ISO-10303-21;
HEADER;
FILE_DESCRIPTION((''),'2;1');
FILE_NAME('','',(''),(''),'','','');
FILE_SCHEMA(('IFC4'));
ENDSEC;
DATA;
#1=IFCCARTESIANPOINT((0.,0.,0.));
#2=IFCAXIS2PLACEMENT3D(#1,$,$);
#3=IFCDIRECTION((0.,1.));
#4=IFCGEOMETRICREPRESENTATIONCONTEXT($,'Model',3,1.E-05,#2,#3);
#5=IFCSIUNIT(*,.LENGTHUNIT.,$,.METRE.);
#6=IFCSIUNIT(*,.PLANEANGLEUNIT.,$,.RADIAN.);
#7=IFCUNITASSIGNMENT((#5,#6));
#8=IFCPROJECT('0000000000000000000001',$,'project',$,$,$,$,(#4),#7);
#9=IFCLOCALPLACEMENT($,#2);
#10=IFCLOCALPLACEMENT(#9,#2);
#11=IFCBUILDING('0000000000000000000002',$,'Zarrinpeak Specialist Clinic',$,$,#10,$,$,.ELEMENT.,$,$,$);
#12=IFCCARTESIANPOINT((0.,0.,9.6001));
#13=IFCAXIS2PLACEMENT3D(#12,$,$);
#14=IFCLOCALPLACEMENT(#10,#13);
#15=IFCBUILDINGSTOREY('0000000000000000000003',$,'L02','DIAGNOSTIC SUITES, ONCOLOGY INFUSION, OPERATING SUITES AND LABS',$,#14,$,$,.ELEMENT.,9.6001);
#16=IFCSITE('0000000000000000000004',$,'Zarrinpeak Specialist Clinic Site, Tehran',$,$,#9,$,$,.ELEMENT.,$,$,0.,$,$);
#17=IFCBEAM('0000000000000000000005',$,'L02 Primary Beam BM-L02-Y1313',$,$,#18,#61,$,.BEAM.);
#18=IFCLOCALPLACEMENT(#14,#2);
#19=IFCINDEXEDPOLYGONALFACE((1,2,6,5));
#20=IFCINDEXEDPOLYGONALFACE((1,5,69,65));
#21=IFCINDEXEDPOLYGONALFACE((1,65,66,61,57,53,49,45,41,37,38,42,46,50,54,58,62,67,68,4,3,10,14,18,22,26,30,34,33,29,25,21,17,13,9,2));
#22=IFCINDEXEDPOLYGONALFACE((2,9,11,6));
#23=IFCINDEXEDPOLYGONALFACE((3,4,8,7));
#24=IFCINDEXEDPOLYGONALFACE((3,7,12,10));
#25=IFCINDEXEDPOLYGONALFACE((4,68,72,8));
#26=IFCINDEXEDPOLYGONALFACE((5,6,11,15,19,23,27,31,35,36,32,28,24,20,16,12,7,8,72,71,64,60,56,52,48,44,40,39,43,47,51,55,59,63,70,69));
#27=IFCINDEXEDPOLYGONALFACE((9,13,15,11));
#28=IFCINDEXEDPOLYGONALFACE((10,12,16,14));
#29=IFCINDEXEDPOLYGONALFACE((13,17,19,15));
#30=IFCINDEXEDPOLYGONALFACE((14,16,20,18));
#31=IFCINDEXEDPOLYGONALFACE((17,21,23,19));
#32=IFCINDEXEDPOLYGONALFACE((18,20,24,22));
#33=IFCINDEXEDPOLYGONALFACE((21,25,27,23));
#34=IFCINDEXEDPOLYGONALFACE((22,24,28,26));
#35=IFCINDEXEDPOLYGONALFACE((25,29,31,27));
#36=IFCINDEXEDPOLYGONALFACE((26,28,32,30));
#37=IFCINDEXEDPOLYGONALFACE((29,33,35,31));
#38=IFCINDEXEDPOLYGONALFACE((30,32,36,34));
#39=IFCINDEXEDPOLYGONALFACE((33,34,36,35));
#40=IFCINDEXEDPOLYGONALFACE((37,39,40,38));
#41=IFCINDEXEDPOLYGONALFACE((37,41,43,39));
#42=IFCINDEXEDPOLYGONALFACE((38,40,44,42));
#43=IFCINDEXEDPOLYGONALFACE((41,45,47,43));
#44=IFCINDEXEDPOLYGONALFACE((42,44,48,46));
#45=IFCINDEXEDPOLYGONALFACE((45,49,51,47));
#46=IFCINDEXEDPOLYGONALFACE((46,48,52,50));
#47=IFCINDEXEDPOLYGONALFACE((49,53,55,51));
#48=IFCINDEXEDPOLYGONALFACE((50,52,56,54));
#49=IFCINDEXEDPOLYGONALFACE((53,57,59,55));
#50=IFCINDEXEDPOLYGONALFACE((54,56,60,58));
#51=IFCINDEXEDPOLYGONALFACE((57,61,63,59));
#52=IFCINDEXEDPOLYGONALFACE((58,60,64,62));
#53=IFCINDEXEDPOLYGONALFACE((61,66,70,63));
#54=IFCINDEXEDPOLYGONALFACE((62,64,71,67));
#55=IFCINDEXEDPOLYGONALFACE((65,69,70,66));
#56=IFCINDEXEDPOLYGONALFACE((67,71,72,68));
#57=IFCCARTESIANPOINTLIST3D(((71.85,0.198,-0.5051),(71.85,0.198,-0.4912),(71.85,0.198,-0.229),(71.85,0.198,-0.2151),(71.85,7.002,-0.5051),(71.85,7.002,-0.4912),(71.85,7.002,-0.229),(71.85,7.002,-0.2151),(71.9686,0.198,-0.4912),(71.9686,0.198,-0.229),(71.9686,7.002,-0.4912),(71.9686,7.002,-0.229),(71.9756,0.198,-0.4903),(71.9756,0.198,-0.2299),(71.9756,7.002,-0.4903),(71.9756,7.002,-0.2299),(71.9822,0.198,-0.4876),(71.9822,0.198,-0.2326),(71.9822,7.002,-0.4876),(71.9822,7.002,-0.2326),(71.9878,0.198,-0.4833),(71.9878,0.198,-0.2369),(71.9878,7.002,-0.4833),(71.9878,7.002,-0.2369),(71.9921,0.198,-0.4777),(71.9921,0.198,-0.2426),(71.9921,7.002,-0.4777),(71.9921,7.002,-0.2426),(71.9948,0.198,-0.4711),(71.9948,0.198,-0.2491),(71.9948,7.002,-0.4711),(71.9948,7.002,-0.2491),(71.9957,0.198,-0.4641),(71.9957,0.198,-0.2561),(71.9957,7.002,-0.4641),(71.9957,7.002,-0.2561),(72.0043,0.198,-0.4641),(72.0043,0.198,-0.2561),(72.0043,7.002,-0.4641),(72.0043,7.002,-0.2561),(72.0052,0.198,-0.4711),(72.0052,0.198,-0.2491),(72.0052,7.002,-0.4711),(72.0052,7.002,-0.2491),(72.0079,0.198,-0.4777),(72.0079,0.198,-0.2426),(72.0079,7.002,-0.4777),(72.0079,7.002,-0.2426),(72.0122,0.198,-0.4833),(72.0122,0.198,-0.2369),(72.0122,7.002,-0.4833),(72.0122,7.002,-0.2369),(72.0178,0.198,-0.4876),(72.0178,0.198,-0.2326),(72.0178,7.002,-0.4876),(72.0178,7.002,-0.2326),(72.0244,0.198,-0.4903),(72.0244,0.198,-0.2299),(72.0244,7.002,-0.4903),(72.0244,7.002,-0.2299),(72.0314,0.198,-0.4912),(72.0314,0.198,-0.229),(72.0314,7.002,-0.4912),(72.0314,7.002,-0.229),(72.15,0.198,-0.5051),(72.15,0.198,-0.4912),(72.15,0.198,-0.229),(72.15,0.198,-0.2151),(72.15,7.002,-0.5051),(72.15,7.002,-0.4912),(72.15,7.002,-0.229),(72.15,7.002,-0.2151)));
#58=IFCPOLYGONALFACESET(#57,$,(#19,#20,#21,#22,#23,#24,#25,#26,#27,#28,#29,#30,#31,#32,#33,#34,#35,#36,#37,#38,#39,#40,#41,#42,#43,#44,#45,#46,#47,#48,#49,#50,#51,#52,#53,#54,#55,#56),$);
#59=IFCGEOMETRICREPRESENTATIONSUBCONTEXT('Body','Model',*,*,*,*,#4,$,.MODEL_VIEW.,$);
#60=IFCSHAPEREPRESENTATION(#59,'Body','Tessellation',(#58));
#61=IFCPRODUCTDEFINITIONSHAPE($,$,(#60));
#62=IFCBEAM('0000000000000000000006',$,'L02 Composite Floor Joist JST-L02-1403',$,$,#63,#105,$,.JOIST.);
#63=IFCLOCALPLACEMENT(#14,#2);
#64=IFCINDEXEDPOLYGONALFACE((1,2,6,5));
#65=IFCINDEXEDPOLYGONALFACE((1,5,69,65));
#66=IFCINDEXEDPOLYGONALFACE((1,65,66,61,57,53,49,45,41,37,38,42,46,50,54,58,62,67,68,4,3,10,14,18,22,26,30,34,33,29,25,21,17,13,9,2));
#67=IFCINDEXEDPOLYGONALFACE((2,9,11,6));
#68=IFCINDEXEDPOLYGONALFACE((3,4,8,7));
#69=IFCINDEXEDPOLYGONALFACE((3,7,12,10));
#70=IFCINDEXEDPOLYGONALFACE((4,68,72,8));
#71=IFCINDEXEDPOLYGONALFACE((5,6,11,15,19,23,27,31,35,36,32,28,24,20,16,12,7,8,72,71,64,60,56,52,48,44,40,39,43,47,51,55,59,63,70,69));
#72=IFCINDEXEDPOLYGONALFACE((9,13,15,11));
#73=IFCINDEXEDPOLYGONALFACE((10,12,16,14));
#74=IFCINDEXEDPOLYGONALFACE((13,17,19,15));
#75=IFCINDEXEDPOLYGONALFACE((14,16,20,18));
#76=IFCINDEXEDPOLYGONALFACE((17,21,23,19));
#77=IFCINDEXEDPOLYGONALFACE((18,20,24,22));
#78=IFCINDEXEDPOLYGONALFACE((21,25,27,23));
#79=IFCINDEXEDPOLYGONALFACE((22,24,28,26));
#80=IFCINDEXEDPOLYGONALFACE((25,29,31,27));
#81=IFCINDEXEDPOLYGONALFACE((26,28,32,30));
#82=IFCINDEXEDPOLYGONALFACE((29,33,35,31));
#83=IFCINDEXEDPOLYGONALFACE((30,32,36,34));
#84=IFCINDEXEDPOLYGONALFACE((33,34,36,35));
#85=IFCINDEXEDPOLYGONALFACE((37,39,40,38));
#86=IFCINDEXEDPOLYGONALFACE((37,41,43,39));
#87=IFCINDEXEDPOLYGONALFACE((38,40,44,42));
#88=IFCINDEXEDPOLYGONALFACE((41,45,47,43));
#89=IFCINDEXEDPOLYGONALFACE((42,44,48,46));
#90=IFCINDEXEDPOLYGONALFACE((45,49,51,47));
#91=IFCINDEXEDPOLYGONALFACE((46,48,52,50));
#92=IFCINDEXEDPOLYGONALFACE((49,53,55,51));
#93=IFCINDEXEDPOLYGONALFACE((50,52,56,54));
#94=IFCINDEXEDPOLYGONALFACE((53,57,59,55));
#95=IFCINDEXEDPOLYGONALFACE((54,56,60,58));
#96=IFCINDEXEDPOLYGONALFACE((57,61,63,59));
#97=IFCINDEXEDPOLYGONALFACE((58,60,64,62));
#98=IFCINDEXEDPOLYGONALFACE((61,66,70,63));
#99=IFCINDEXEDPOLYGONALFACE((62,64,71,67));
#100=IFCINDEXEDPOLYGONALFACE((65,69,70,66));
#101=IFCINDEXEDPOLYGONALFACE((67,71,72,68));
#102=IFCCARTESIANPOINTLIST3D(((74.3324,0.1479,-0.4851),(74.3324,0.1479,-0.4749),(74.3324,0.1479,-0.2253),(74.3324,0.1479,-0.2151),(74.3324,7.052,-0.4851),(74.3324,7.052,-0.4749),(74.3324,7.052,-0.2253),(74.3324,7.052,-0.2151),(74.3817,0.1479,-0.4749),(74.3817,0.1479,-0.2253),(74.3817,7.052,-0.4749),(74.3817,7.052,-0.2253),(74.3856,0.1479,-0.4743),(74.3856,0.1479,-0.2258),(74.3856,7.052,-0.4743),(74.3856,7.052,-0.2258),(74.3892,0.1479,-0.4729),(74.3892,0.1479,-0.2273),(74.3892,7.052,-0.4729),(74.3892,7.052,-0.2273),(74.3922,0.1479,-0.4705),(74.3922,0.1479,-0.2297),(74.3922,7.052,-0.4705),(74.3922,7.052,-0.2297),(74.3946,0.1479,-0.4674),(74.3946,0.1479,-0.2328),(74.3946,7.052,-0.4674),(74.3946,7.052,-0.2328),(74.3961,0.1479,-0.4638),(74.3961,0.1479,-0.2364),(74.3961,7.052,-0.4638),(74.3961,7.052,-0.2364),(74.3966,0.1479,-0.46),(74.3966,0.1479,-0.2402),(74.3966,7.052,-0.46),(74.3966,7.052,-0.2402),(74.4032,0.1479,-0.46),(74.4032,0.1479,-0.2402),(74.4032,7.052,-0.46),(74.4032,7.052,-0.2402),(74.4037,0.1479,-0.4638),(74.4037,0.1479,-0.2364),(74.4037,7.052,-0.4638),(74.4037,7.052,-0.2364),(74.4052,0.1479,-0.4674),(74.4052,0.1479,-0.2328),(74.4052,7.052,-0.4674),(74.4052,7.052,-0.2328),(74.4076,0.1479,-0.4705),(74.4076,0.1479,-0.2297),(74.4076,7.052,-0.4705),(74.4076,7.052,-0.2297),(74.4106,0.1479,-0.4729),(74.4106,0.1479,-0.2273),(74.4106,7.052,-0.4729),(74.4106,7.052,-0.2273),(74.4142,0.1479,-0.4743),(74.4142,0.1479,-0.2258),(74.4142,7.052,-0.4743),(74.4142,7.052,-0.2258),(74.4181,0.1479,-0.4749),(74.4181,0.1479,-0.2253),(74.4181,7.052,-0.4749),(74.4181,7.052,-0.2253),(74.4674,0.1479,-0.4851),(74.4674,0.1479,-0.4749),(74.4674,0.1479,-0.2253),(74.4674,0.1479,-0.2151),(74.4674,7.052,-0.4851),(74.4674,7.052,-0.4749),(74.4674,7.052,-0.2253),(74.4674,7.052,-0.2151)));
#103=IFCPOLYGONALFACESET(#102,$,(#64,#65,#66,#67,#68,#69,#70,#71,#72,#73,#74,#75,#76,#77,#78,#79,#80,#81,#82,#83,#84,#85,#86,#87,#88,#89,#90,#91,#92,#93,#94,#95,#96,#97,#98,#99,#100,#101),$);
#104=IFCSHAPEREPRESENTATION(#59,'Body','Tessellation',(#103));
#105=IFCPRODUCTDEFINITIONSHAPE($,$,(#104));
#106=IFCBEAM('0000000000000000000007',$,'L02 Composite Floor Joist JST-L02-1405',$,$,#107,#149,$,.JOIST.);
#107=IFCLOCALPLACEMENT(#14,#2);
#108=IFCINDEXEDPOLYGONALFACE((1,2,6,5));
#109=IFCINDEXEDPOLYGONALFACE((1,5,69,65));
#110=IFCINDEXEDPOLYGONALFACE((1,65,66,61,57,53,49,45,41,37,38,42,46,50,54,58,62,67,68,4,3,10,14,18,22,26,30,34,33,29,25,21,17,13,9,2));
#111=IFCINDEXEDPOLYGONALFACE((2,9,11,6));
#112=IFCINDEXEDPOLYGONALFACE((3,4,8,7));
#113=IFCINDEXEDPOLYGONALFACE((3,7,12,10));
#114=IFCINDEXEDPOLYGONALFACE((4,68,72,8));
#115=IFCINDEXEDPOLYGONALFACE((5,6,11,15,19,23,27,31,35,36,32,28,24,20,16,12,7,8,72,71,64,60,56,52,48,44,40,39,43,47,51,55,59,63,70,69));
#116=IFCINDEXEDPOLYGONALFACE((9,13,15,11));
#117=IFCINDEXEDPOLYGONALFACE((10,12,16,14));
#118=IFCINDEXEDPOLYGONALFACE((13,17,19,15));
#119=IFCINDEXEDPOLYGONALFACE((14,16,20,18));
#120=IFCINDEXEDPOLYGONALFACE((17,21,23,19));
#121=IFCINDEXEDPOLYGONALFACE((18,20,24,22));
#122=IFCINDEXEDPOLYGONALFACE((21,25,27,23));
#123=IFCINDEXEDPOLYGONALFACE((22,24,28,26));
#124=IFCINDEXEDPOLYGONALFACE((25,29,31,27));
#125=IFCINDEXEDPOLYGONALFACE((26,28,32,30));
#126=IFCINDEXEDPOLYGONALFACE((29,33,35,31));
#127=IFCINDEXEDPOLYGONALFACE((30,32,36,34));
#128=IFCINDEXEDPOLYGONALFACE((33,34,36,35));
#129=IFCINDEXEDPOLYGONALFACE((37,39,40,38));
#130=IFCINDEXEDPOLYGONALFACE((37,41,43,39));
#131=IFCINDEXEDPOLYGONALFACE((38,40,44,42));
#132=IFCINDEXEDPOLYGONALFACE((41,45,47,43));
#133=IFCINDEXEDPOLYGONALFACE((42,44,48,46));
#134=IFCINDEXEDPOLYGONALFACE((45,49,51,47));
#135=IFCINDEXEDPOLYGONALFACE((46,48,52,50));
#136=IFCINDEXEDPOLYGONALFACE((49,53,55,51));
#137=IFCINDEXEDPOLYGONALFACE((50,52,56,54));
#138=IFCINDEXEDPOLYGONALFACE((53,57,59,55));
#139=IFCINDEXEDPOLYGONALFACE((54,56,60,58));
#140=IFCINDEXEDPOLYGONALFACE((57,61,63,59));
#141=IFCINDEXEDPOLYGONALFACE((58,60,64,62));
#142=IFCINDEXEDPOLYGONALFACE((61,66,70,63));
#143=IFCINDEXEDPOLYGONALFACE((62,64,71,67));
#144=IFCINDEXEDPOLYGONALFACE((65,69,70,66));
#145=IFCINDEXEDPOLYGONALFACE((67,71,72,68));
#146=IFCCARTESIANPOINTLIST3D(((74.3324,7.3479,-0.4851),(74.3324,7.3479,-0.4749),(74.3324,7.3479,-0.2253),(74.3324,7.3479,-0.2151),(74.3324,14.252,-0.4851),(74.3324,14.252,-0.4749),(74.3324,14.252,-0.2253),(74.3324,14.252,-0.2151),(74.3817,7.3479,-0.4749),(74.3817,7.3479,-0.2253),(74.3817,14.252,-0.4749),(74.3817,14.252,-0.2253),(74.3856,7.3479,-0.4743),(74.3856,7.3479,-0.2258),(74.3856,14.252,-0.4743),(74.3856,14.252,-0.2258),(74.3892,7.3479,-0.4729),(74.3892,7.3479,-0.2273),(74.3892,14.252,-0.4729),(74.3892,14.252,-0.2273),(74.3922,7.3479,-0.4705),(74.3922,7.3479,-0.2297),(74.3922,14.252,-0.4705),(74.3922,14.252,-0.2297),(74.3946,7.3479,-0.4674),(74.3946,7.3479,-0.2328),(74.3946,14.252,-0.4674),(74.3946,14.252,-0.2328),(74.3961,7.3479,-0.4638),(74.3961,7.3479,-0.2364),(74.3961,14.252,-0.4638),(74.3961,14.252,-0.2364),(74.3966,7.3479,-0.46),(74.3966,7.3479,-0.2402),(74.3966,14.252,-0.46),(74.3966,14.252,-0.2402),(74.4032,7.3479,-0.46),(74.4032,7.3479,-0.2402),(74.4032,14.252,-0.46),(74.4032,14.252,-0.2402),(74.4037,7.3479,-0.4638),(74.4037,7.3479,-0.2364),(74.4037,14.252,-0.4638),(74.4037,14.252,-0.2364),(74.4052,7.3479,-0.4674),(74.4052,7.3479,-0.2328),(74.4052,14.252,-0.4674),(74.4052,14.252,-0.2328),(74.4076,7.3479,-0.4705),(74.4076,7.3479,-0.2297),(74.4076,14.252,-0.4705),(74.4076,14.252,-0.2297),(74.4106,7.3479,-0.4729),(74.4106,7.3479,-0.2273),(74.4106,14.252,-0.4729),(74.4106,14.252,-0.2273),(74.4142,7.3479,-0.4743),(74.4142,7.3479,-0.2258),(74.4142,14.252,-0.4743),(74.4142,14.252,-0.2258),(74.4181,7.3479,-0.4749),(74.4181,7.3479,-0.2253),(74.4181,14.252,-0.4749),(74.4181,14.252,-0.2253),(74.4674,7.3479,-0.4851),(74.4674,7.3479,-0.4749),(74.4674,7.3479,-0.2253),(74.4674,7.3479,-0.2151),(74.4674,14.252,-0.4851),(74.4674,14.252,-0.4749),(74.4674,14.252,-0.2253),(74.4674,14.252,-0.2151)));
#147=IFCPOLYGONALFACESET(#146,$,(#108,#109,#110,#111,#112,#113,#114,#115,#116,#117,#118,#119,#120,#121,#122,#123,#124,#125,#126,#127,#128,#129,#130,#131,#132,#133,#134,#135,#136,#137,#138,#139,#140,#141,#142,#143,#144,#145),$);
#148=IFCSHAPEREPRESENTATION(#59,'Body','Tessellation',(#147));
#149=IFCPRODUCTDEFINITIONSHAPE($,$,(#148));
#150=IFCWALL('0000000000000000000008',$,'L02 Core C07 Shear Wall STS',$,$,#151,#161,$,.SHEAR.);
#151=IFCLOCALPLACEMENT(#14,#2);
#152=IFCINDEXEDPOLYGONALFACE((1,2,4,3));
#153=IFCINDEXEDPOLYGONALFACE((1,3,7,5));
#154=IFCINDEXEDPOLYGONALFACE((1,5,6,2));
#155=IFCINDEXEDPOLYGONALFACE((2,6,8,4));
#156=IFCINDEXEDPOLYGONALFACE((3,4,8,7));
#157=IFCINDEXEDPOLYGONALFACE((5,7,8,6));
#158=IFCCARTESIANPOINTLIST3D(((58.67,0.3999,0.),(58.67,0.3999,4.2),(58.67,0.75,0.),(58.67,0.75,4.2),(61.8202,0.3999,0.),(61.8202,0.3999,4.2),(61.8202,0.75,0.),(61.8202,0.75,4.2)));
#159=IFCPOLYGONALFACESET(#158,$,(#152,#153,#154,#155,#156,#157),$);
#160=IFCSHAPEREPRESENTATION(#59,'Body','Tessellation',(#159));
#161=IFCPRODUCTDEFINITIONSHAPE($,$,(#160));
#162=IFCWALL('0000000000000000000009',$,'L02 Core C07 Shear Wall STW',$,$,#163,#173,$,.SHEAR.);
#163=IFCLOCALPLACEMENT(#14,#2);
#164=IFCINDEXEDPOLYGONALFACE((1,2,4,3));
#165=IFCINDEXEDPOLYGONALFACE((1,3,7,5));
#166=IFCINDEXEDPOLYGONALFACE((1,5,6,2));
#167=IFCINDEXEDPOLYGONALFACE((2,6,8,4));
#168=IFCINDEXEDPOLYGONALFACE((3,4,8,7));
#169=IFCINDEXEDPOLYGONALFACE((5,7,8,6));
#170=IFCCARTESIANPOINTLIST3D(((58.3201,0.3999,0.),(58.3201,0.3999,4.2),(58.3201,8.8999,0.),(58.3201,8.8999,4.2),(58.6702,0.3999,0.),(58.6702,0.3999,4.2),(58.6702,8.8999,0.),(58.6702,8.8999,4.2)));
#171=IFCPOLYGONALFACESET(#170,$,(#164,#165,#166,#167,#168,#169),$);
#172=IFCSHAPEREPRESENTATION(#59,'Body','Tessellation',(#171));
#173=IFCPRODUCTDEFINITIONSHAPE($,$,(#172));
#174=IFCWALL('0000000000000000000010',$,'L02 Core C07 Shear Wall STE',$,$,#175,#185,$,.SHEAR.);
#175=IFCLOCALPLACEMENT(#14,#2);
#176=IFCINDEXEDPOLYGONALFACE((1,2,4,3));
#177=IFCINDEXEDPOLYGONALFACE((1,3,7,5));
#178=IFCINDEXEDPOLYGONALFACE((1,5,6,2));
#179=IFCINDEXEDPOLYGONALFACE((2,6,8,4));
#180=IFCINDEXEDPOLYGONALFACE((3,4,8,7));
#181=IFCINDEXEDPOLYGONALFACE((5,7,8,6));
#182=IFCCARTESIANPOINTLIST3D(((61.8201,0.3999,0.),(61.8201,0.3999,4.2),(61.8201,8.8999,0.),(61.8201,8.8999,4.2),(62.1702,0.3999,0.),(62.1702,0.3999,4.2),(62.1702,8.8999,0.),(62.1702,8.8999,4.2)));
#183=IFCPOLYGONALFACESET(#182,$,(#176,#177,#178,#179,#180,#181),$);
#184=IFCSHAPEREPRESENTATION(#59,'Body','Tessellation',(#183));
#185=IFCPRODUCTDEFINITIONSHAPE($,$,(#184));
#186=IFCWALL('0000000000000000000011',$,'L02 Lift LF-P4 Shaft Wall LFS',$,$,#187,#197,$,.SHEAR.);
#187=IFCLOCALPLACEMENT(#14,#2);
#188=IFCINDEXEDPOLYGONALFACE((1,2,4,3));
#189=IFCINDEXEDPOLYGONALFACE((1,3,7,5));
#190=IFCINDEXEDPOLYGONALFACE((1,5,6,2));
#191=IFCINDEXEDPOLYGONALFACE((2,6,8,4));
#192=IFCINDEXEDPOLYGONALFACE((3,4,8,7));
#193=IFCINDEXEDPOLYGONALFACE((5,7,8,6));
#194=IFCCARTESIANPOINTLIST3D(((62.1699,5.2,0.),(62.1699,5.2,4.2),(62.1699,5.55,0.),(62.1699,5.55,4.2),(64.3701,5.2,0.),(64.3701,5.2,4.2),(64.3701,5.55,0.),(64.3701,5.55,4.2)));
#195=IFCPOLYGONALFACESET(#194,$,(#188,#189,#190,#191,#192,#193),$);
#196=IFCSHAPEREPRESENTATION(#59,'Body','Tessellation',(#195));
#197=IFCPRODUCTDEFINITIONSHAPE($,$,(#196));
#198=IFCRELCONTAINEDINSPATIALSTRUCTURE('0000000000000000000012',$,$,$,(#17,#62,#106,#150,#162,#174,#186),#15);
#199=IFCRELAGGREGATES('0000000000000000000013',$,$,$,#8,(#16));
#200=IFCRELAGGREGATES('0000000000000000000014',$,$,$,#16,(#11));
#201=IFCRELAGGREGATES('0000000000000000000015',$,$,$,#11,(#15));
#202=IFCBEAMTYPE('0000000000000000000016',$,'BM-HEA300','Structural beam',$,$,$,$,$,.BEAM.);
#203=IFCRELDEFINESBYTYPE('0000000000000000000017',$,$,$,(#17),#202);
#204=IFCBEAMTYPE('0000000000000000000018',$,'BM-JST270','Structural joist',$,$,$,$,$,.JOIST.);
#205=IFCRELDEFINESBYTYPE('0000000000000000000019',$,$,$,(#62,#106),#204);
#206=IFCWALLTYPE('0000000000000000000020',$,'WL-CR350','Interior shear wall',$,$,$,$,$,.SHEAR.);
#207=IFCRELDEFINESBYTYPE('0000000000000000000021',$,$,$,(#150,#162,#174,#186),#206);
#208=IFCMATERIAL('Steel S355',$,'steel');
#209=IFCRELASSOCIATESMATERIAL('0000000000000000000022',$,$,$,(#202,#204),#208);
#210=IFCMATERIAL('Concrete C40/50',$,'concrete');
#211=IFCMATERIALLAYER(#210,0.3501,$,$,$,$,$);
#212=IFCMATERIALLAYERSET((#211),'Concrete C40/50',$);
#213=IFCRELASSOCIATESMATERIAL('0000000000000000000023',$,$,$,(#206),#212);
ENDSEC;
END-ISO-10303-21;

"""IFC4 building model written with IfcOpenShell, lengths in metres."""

from ifc_helpers import new_model, si_unit, direction, frame, frame_2d, origin, origin_2d, place, context, subcontext, project, spatial, rectangle, i_section, extrude, material, layer, layer_set, material_profile, profile_set, type_object, element, save


model = new_model("IFC4")

# Units and contexts
model_context = context("Model", 3, precision=1e-05, world=origin(), true_north=direction((0.0, 1.0)))
body_context = subcontext(model_context, "Body", "Model", "MODEL_VIEW")
ifc_project = project(units=[si_unit("LENGTHUNIT", "METRE"), si_unit("PLANEANGLEUNIT", "RADIAN")], contexts=[model_context])

# Site, building, storey
site_placement = place(None, origin())
site = spatial("IfcSite", under=ifc_project, at=site_placement, Name="Zarrinpeak Specialist Clinic Site, Tehran", CompositionType="ELEMENT", RefElevation=0.0)
building_placement = place(site_placement, origin())
building = spatial("IfcBuilding", under=site, at=building_placement, Name="Zarrinpeak Specialist Clinic", CompositionType="ELEMENT")
storey_placement = place(building_placement, frame((0.0, 0.0, 9.6001)))
storey = spatial("IfcBuildingStorey", under=building, at=storey_placement, Name="L02", Description="DIAGNOSTIC SUITES, ONCOLOGY INFUSION, OPERATING SUITES AND LABS", CompositionType="ELEMENT", Elevation=9.6001)

# Shared definitions
ifc_material_1 = material(Name="Steel S355", Category="steel")

# Beams
ifc_material_profile_1 = material_profile(ifc_material_1, i_section(OverallWidth=0.3, OverallDepth=0.29, WebThickness=0.0085, FlangeThickness=0.0139, FilletRadius=0.0271, at=origin_2d()), Name="HEA 300")
ifc_profile_set_1 = profile_set([ifc_material_profile_1], Name="Steel S355")
beam_type_1 = type_object("IfcBeamType", Name="BM-HEA300", Description="Structural beam", PredefinedType="BEAM", material=ifc_profile_set_1)
beam_1_placement = place(storey_placement, frame((72.0, 0.198, -0.3601), z_axis=(0.0, 1.0, 0.0), x_axis=(-1.0, 0.0, 0.0)))
element("IfcBeam", 1, at=beam_1_placement, inside=storey, type_object=beam_type_1, Name="L02 Primary Beam BM-L02-Y1313", PredefinedType="BEAM", context=body_context, shape_type="SweptSolid", body=[
    extrude(i_section(OverallWidth=0.3, OverallDepth=0.29, WebThickness=0.0085, FlangeThickness=0.0139, FilletRadius=0.0271, at=origin_2d()), origin(), (0.0, 0.0, 1.0), 6.804),
])
ifc_material_profile_2 = material_profile(ifc_material_1, i_section(OverallWidth=0.135, OverallDepth=0.27, WebThickness=0.0066, FlangeThickness=0.0103, FilletRadius=0.0149, at=origin_2d()), Name="IPE 270")
ifc_profile_set_2 = profile_set([ifc_material_profile_2], Name="Steel S355")
beam_type_2 = type_object("IfcBeamType", Name="BM-JST270", Description="Structural joist", PredefinedType="JOIST", material=ifc_profile_set_2)
for number, where, z_axis, x_axis, name in (
    (2, (74.3999, 0.1479, -0.3501), (0.0, 1.0, 0.0), (-1.0, 0.0, 0.0), "L02 Composite Floor Joist JST-L02-1403"),
    (3, (74.3999, 7.3479, -0.3501), (0.0, 1.0, 0.0), (-1.0, 0.0, 0.0), "L02 Composite Floor Joist JST-L02-1405"),
):
    element("IfcBeam", number, at=place(storey_placement, frame(where, z_axis=z_axis, x_axis=x_axis)), inside=storey, type_object=beam_type_2, Name=name, PredefinedType="JOIST", context=body_context, shape_type="SweptSolid", body=[
        extrude(i_section(OverallWidth=0.135, OverallDepth=0.27, WebThickness=0.0066, FlangeThickness=0.0103, FilletRadius=0.0149, at=origin_2d()), origin(), (0.0, 0.0, 1.0), 6.9041),
    ])

# Walls
ifc_material_2 = material(Name="Concrete C40/50", Category="concrete")
ifc_layer_1 = layer(ifc_material_2, 0.3501)
ifc_layer_set_1 = layer_set([ifc_layer_1], Name="Concrete C40/50")
wall_type_1 = type_object("IfcWallType", Name="WL-CR350", Description="Interior shear wall", PredefinedType="SHEAR", material=ifc_layer_set_1)
wall_1_placement = place(storey_placement, frame((58.6699, 0.575, 0.0), z_axis=(0.0, 0.0, 1.0), x_axis=(1.0, 0.0, 0.0)))
element("IfcWall", 4, at=wall_1_placement, inside=storey, type_object=wall_type_1, Name="L02 Core C07 Shear Wall STS", PredefinedType="SHEAR", context=body_context, shape_type="SweptSolid", body=[
    extrude(rectangle(XDim=3.1501, YDim=0.3501, at=frame_2d((1.5752, 0.0))), origin(), (0.0, 0.0, 1.0), 4.2),
])
for number, where, z_axis, x_axis, name in (
    (5, (58.4951, 0.3999, 0.0), (0.0, 0.0, 1.0), (0.0, 1.0, 0.0), "L02 Core C07 Shear Wall STW"),
    (6, (61.9951, 0.3999, 0.0), (0.0, 0.0, 1.0), (0.0, 1.0, 0.0), "L02 Core C07 Shear Wall STE"),
):
    element("IfcWall", number, at=place(storey_placement, frame(where, z_axis=z_axis, x_axis=x_axis)), inside=storey, type_object=wall_type_1, Name=name, PredefinedType="SHEAR", context=body_context, shape_type="SweptSolid", body=[
        extrude(rectangle(XDim=8.5, YDim=0.3501, at=frame_2d((4.25, 0.0))), origin(), (0.0, 0.0, 1.0), 4.2),
    ])
wall_2_placement = place(storey_placement, frame((62.1699, 5.375, 0.0), z_axis=(0.0, 0.0, 1.0), x_axis=(1.0, 0.0, 0.0)))
element("IfcWall", 7, at=wall_2_placement, inside=storey, type_object=wall_type_1, Name="L02 Lift LF-P4 Shaft Wall LFS", PredefinedType="SHEAR", context=body_context, shape_type="SweptSolid", body=[
    extrude(rectangle(XDim=2.2002, YDim=0.3501, at=frame_2d((1.1001, 0.0))), origin(), (0.0, 0.0, 1.0), 4.2),
])

save(model, "model.ifc")
